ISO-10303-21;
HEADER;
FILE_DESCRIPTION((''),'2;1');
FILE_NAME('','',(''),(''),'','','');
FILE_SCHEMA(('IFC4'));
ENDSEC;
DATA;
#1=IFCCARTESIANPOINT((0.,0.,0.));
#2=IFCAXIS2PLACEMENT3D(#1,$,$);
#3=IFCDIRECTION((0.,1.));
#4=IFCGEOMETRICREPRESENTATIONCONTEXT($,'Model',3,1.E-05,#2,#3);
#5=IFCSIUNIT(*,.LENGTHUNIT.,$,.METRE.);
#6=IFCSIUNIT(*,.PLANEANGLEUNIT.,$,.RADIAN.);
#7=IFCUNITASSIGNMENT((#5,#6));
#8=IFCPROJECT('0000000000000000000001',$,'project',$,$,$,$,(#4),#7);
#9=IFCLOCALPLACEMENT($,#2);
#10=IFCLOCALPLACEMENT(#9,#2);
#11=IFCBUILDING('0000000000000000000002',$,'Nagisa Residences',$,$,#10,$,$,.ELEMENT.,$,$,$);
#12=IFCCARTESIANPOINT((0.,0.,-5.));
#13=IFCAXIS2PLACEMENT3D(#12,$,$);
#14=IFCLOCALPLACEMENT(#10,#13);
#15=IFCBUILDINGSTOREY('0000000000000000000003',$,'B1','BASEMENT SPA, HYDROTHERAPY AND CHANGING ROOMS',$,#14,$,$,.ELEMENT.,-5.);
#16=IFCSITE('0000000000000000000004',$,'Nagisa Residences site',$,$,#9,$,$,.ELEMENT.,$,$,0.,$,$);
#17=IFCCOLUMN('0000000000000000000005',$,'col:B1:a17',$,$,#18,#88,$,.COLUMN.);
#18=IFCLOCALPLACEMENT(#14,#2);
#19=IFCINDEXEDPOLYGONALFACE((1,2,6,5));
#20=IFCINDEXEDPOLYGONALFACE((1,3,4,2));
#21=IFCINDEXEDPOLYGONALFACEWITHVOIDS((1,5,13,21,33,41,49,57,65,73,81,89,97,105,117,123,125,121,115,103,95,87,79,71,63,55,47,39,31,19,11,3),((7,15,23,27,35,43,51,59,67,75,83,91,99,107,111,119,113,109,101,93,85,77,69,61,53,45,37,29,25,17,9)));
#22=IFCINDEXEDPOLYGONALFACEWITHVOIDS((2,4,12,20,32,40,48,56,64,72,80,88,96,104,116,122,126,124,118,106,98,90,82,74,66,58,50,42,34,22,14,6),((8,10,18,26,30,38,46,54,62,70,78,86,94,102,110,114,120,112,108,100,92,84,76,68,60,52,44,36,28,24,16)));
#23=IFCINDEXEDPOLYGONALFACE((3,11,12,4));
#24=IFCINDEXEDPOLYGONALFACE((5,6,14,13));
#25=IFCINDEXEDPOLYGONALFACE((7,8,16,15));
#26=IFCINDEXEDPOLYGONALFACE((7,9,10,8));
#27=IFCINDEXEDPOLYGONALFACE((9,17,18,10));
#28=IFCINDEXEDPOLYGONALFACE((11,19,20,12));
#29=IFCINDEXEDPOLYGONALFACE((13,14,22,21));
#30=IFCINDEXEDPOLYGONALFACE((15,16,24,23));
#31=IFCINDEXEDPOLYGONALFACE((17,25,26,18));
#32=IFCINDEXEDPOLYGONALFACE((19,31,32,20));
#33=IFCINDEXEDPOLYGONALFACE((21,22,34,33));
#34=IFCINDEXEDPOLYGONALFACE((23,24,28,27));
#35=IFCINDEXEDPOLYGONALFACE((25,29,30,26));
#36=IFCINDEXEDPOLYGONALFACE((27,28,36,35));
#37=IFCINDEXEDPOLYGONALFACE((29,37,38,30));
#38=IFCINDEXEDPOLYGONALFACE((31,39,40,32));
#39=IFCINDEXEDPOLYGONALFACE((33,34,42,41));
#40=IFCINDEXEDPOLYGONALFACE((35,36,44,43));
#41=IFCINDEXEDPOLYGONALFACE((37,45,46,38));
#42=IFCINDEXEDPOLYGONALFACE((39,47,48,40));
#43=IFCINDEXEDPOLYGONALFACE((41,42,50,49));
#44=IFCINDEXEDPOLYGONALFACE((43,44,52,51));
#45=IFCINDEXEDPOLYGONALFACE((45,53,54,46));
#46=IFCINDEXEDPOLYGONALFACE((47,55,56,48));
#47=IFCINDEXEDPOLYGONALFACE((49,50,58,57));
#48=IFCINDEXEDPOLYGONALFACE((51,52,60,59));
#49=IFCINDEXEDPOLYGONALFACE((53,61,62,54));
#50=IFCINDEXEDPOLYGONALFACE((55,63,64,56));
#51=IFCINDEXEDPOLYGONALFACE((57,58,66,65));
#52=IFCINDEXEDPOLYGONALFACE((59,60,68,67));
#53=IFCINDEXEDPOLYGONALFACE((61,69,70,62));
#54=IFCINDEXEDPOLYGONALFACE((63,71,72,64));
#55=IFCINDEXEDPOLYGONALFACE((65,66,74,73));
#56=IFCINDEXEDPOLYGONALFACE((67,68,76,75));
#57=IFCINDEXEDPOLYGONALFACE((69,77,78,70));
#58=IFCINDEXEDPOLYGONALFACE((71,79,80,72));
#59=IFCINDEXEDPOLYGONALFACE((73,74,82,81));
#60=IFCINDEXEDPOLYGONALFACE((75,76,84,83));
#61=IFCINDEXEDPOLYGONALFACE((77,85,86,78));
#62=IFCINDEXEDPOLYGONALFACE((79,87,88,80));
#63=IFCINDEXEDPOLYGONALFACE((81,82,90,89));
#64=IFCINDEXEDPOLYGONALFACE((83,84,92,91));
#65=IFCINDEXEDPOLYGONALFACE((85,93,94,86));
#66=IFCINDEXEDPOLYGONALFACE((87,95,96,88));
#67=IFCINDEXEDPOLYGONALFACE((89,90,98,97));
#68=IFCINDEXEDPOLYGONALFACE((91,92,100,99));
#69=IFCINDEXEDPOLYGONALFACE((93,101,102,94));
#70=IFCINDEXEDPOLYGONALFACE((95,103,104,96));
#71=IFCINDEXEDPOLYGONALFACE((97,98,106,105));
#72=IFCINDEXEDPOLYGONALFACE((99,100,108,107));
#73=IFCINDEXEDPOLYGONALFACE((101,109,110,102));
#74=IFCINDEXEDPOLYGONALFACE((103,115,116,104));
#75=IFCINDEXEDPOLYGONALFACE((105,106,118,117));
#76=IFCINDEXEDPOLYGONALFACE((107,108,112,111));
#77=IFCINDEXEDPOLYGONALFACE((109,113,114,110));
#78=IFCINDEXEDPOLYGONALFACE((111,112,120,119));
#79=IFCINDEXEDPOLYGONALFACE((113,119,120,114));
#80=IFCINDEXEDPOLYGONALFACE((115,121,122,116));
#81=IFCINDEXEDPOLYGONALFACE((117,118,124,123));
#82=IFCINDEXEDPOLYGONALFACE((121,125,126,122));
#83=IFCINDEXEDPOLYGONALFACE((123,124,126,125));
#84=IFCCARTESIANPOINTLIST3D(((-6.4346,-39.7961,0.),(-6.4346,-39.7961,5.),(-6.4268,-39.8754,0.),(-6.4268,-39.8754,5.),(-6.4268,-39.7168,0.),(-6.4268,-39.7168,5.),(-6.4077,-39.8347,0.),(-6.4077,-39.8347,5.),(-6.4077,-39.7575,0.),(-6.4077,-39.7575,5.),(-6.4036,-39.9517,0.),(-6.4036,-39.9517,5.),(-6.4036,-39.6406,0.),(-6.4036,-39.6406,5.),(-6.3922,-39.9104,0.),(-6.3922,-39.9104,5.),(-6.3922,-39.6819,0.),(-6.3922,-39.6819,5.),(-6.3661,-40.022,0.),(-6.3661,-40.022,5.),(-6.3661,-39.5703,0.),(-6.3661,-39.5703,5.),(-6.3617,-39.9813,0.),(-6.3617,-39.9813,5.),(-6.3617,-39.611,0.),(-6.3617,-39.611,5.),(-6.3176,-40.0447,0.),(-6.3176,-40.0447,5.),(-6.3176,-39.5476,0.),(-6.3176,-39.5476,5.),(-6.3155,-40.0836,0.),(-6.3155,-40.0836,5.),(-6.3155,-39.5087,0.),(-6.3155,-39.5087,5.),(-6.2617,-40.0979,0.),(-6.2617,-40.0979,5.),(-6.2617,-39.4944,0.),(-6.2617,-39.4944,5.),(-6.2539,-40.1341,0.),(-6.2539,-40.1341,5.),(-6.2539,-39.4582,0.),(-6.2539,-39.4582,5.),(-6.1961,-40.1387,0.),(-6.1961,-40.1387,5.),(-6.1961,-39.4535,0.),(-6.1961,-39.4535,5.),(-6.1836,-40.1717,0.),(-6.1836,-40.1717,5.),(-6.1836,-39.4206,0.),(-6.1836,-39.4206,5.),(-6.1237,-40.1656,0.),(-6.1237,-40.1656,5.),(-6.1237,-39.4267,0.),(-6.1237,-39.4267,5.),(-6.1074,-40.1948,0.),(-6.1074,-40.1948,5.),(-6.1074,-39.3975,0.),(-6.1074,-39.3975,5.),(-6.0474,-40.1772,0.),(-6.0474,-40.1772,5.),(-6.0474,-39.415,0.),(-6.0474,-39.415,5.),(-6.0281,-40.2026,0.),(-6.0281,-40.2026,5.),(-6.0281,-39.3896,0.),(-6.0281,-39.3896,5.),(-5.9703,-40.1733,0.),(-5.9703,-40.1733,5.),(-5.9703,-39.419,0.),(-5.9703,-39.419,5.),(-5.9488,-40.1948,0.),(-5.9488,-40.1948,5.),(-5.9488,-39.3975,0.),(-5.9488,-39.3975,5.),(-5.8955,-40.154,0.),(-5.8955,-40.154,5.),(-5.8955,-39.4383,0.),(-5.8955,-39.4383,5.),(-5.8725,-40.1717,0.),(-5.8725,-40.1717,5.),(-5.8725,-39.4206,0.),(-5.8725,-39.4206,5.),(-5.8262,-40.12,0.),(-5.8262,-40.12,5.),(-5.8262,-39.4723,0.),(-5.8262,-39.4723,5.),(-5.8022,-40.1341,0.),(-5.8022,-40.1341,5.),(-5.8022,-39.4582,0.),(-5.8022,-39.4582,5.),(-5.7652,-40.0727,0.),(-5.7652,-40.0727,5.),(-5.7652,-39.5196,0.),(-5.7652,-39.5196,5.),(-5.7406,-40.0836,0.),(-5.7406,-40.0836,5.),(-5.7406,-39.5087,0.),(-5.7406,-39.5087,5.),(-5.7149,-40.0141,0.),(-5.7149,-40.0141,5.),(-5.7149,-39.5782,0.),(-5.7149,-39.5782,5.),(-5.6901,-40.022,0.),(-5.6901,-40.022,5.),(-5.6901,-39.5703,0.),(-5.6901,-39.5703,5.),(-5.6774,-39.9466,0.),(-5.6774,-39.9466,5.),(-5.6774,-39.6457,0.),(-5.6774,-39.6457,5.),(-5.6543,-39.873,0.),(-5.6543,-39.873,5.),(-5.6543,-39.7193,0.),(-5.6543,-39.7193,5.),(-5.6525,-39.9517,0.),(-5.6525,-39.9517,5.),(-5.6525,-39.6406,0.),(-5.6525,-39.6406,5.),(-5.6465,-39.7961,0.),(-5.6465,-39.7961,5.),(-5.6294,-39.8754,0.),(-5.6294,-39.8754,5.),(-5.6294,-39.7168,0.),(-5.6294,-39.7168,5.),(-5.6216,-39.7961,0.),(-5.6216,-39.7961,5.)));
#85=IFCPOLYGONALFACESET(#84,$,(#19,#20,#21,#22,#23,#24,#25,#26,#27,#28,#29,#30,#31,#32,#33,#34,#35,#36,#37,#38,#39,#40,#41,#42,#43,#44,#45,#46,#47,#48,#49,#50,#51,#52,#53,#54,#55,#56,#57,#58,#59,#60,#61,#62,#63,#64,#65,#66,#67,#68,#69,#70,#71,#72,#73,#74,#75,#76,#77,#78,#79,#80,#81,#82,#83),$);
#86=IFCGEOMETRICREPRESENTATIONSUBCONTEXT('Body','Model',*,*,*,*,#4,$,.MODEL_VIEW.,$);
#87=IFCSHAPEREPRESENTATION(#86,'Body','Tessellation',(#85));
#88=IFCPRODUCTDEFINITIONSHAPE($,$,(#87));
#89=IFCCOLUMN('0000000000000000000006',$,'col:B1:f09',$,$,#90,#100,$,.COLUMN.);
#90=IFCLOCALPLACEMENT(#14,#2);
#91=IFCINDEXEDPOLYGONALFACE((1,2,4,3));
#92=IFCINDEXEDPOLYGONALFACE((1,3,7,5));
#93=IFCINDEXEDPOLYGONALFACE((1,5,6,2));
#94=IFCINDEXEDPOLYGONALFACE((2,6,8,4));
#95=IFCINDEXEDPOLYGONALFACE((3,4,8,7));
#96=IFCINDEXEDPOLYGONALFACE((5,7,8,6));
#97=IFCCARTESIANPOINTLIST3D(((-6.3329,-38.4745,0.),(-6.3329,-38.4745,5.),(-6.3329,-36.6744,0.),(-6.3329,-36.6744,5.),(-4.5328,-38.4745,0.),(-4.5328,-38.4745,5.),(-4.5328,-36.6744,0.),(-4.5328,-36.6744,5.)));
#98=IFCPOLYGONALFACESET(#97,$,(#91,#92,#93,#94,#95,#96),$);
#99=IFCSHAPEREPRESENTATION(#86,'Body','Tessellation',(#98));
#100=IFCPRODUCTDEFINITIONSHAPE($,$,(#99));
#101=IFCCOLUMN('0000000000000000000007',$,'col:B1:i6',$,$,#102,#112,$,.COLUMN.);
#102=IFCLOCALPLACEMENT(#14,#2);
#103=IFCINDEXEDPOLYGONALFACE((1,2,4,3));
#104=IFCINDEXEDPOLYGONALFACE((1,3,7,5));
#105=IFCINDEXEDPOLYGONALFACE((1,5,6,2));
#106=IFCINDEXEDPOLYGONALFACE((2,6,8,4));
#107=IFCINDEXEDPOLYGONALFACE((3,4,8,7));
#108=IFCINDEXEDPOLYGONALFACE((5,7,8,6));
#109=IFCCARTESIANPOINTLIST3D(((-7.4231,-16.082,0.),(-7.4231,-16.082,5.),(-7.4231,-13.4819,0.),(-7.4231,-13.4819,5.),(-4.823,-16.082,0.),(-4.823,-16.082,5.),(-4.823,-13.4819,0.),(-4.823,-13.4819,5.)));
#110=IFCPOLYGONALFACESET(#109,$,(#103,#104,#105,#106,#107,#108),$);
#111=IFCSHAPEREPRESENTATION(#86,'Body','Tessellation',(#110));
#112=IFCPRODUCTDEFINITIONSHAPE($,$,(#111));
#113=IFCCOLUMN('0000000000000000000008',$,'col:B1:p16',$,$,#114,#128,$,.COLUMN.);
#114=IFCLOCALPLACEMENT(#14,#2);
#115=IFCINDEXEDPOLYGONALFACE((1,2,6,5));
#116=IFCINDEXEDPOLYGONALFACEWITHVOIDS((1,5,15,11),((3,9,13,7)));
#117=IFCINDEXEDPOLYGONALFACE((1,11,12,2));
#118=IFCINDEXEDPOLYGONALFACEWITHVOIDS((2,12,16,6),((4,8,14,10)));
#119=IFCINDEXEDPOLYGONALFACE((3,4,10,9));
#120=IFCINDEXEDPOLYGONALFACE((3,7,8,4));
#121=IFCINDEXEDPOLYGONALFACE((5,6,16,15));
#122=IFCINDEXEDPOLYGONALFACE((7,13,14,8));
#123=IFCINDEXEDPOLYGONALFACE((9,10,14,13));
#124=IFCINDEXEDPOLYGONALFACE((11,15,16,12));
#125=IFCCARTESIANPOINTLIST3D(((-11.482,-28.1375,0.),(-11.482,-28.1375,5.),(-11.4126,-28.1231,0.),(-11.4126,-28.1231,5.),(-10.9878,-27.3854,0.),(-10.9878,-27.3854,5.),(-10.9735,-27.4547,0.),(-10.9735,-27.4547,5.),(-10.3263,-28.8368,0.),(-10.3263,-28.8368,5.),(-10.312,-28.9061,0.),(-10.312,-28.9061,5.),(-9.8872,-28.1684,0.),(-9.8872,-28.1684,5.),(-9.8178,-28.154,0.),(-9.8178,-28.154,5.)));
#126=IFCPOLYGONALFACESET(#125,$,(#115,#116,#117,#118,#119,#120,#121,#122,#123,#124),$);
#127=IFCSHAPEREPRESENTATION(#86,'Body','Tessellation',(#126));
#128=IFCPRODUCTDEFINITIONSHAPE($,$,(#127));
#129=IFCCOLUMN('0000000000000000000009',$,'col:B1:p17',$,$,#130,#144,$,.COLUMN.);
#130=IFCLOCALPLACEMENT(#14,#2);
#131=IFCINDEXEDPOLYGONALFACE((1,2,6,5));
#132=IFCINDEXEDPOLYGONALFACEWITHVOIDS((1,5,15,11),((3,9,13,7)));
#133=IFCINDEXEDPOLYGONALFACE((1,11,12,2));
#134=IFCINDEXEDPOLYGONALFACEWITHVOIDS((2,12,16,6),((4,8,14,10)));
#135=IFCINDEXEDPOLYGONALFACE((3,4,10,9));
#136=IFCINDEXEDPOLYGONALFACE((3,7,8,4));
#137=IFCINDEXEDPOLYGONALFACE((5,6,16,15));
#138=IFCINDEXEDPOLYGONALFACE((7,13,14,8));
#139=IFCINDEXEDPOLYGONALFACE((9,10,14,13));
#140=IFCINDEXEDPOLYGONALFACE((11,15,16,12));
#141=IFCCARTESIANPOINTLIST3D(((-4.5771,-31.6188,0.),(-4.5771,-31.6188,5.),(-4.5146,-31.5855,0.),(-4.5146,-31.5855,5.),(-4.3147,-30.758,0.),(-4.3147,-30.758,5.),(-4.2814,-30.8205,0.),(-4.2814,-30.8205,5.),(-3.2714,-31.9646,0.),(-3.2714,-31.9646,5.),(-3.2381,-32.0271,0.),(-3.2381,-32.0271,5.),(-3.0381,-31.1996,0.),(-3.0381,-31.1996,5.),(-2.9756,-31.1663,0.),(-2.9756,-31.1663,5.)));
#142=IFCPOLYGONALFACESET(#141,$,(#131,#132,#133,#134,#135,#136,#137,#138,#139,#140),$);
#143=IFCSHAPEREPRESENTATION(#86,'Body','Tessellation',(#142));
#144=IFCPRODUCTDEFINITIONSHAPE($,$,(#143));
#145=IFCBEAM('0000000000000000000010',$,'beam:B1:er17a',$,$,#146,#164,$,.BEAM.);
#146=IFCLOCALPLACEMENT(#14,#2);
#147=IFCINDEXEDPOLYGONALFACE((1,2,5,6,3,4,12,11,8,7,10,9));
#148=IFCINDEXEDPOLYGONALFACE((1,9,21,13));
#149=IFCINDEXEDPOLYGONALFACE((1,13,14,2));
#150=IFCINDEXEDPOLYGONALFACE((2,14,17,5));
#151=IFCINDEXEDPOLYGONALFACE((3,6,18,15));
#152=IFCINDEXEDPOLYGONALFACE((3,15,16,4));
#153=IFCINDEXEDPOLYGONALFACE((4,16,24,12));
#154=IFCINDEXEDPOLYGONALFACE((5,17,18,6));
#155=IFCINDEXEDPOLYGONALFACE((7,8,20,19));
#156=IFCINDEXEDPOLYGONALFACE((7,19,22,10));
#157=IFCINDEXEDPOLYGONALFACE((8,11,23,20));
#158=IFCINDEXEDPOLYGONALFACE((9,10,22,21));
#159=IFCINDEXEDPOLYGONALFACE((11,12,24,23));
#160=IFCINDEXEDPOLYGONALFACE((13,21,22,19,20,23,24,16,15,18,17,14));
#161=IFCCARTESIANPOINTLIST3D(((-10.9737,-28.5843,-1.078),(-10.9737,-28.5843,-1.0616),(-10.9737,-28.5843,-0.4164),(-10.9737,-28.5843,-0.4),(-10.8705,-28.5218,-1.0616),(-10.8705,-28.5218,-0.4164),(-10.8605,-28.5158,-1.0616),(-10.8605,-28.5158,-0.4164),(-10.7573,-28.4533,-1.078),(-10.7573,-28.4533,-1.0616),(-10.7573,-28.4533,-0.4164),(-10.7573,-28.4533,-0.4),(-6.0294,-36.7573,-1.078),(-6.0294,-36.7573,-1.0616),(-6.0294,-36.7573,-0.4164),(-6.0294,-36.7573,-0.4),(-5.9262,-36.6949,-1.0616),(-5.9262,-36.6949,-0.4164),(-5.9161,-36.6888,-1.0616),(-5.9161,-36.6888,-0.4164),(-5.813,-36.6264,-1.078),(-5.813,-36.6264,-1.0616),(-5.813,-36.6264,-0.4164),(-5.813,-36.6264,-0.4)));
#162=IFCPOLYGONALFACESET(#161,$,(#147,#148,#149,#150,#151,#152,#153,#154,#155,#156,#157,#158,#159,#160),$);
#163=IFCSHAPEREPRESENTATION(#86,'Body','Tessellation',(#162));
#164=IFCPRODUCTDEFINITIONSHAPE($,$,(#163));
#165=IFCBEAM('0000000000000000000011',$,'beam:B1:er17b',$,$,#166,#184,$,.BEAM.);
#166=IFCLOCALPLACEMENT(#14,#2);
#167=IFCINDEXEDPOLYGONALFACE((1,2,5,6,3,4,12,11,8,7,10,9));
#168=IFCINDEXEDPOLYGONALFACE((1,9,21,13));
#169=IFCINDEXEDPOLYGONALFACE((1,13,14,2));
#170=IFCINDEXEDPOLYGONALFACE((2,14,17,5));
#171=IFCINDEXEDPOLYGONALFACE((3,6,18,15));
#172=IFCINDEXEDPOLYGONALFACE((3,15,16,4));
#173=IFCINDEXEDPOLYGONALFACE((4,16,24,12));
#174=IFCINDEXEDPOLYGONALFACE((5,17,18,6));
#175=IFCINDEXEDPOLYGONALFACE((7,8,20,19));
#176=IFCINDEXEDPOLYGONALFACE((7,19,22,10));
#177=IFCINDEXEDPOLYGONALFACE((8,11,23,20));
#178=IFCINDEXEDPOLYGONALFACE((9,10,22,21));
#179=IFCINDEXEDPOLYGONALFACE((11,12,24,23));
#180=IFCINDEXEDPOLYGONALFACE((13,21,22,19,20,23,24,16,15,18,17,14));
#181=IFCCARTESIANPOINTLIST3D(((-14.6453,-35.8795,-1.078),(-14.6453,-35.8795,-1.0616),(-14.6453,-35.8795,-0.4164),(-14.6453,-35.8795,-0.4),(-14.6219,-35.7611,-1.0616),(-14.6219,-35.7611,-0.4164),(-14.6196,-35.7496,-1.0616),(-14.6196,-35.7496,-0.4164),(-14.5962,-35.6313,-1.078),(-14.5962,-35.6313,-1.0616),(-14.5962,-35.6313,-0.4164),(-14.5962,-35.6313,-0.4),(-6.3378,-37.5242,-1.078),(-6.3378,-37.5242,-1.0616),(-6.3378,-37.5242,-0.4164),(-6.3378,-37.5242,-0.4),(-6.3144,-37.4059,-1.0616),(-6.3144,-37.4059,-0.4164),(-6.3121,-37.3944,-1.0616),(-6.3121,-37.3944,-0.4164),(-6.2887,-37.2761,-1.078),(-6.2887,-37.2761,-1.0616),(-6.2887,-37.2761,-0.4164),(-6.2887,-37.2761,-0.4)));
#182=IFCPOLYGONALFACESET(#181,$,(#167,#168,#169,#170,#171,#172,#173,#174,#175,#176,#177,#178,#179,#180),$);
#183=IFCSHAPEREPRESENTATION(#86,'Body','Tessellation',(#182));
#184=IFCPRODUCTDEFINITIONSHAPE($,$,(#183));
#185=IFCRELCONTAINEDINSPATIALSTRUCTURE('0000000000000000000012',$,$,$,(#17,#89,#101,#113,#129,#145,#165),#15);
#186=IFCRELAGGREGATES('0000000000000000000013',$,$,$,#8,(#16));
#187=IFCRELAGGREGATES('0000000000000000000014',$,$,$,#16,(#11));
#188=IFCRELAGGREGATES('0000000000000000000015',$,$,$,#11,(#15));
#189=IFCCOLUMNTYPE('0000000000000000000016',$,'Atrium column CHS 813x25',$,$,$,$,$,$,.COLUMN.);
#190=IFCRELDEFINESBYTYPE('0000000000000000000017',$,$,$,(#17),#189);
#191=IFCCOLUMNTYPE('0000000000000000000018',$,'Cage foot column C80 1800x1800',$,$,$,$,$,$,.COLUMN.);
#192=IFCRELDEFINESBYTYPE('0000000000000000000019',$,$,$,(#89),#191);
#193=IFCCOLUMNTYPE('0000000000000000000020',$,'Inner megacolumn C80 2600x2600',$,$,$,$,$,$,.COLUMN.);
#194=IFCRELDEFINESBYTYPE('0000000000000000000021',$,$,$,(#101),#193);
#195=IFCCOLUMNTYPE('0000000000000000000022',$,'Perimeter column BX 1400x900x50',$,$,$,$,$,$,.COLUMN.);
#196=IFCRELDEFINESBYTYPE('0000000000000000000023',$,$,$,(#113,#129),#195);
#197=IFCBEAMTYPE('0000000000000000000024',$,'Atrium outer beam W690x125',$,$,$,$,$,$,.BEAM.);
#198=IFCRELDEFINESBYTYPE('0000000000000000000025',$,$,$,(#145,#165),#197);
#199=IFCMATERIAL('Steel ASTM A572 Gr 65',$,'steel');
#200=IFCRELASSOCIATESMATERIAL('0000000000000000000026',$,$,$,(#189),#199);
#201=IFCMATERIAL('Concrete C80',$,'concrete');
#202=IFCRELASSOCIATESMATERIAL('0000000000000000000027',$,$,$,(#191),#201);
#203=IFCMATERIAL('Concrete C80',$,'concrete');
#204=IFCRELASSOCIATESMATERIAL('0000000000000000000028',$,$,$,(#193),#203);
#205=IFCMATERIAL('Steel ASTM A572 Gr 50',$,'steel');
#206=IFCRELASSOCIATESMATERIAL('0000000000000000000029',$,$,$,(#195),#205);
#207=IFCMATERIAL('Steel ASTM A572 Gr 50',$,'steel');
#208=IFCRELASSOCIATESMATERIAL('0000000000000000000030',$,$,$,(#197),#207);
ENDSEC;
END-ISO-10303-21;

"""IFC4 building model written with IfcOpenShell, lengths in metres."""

from ifc_helpers import new_model, si_unit, direction, frame, origin, origin_2d, place, context, subcontext, project, spatial, rectangle, hollow_rectangle, hollow_circle, i_section, extrude, material, material_profile, profile_set, type_object, element, save


model = new_model("IFC4")

# Units and contexts
model_context = context("Model", 3, precision=1e-05, world=origin(), true_north=direction((0.0, 1.0)))
body_context = subcontext(model_context, "Body", "Model", "MODEL_VIEW")
ifc_project = project(units=[si_unit("LENGTHUNIT", "METRE"), si_unit("PLANEANGLEUNIT", "RADIAN")], contexts=[model_context])

# Site, building, storey
site_placement = place(None, origin())
site = spatial("IfcSite", under=ifc_project, at=site_placement, Name="Nagisa Residences site", CompositionType="ELEMENT", RefElevation=0.0)
building_placement = place(site_placement, origin())
building = spatial("IfcBuilding", under=site, at=building_placement, Name="Nagisa Residences", CompositionType="ELEMENT")
storey_placement = place(building_placement, frame((0.0, 0.0, -5.0)))
storey = spatial("IfcBuildingStorey", under=building, at=storey_placement, Name="B1", Description="BASEMENT SPA, HYDROTHERAPY AND CHANGING ROOMS", CompositionType="ELEMENT", Elevation=-5.0)

# Columns
ifc_material_1 = material(Name="Steel ASTM A572 Gr 65", Category="steel")
ifc_material_profile_1 = material_profile(ifc_material_1, hollow_circle(Radius=0.4065, WallThickness=0.0249, at=origin_2d()), Name="CHS 813x25")
ifc_profile_set_1 = profile_set([ifc_material_profile_1], Name="Steel ASTM A572 Gr 65")
column_type_1 = type_object("IfcColumnType", Name="Atrium column CHS 813x25", PredefinedType="COLUMN", material=ifc_profile_set_1)
column_1_placement = place(storey_placement, frame((-6.0281, -39.7961, 0.0), z_axis=(0.0, 0.0, 1.0), x_axis=(1.0, 0.0, 0.0)))
element("IfcColumn", 1, at=column_1_placement, inside=storey, type_object=column_type_1, Name="col:B1:a17", PredefinedType="COLUMN", context=body_context, shape_type="SweptSolid", body=[
    extrude(hollow_circle(Radius=0.4065, WallThickness=0.0249, at=origin_2d()), origin(), (0.0, 0.0, 1.0), 5.0),
])
ifc_material_2 = material(Name="Concrete C80", Category="concrete")
ifc_material_profile_2 = material_profile(ifc_material_2, rectangle(XDim=1.8, YDim=1.8, at=origin_2d()), Name="C80 1800x1800")
ifc_profile_set_2 = profile_set([ifc_material_profile_2], Name="Concrete C80")
column_type_2 = type_object("IfcColumnType", Name="Cage foot column C80 1800x1800", PredefinedType="COLUMN", material=ifc_profile_set_2)
column_2_placement = place(storey_placement, frame((-5.4329, -37.5745, 0.0), z_axis=(0.0, 0.0, 1.0), x_axis=(1.0, 0.0, 0.0)))
element("IfcColumn", 2, at=column_2_placement, inside=storey, type_object=column_type_2, Name="col:B1:f09", PredefinedType="COLUMN", context=body_context, shape_type="SweptSolid", body=[
    extrude(rectangle(XDim=1.8, YDim=1.8, at=origin_2d()), origin(), (0.0, 0.0, 1.0), 5.0),
])
ifc_material_3 = material(Name="Concrete C80", Category="concrete")
ifc_material_profile_3 = material_profile(ifc_material_3, rectangle(XDim=2.6001, YDim=2.6001, at=origin_2d()), Name="C80 2600x2600")
ifc_profile_set_3 = profile_set([ifc_material_profile_3], Name="Concrete C80")
column_type_3 = type_object("IfcColumnType", Name="Inner megacolumn C80 2600x2600", PredefinedType="COLUMN", material=ifc_profile_set_3)
column_3_placement = place(storey_placement, frame((-6.123, -14.782, 0.0), z_axis=(0.0, 0.0, 1.0), x_axis=(1.0, 0.0, 0.0)))
element("IfcColumn", 3, at=column_3_placement, inside=storey, type_object=column_type_3, Name="col:B1:i6", PredefinedType="COLUMN", context=body_context, shape_type="SweptSolid", body=[
    extrude(rectangle(XDim=2.6001, YDim=2.6001, at=origin_2d()), origin(), (0.0, 0.0, 1.0), 5.0),
])
ifc_material_4 = material(Name="Steel ASTM A572 Gr 50", Category="steel")
ifc_material_profile_4 = material_profile(ifc_material_4, hollow_rectangle(XDim=1.3999, YDim=0.8999, WallThickness=0.05, at=origin_2d()), Name="BX 1400x900x50")
ifc_profile_set_4 = profile_set([ifc_material_profile_4], Name="Steel ASTM A572 Gr 50")
column_type_4 = type_object("IfcColumnType", Name="Perimeter column BX 1400x900x50", PredefinedType="COLUMN", material=ifc_profile_set_4)
for number, where, z_axis, x_axis, name in (
    (4, (-10.6499, -28.1458, 0.0), (0.0, 0.0, 1.0), (0.835766, -0.549086, 0.0), "col:B1:p16"),
    (5, (-3.7764, -31.3926, 0.0), (0.0, 0.0, 1.0), (0.956525, -0.291652, 0.0), "col:B1:p17"),
):
    element("IfcColumn", number, at=place(storey_placement, frame(where, z_axis=z_axis, x_axis=x_axis)), inside=storey, type_object=column_type_4, Name=name, PredefinedType="COLUMN", context=body_context, shape_type="SweptSolid", body=[
        extrude(hollow_rectangle(XDim=1.3999, YDim=0.8999, WallThickness=0.05, at=origin_2d()), origin(), (0.0, 0.0, 1.0), 5.0),
    ])

# Beams
ifc_material_5 = material(Name="Steel ASTM A572 Gr 50", Category="steel")
ifc_material_profile_5 = material_profile(ifc_material_5, i_section(OverallWidth=0.2529, OverallDepth=0.678, WebThickness=0.0117, FlangeThickness=0.0164, at=origin_2d()), Name="W690x125")
ifc_profile_set_5 = profile_set([ifc_material_profile_5], Name="Steel ASTM A572 Gr 50")
beam_type_1 = type_object("IfcBeamType", Name="Atrium outer beam W690x125", PredefinedType="BEAM", material=ifc_profile_set_5)
beam_1_placement = place(storey_placement, frame((-10.8655, -28.5188, -0.739), z_axis=(0.517608, -0.855618, 0.0), x_axis=(0.855618, 0.517608, 0.0)))
element("IfcBeam", 6, at=beam_1_placement, inside=storey, type_object=beam_type_1, Name="beam:B1:er17a", PredefinedType="BEAM", context=body_context, shape_type="SweptSolid", body=[
    extrude(i_section(OverallWidth=0.2529, OverallDepth=0.678, WebThickness=0.0117, FlangeThickness=0.0164, at=origin_2d()), origin(), (0.0, 0.0, 1.0), 9.5522),
])
beam_2_placement = place(storey_placement, frame((-6.3132, -37.4001, -0.739), z_axis=(-0.980959, 0.194214, 0.0), x_axis=(-0.194214, -0.980959, 0.0)))
element("IfcBeam", 7, at=beam_2_placement, inside=storey, type_object=beam_type_1, Name="beam:B1:er17b", PredefinedType="BEAM", context=body_context, shape_type="SweptSolid", body=[
    extrude(i_section(OverallWidth=0.2529, OverallDepth=0.678, WebThickness=0.0117, FlangeThickness=0.0164, at=origin_2d()), origin(), (0.0, 0.0, 1.0), 8.4688),
])

save(model, "model.ifc")
